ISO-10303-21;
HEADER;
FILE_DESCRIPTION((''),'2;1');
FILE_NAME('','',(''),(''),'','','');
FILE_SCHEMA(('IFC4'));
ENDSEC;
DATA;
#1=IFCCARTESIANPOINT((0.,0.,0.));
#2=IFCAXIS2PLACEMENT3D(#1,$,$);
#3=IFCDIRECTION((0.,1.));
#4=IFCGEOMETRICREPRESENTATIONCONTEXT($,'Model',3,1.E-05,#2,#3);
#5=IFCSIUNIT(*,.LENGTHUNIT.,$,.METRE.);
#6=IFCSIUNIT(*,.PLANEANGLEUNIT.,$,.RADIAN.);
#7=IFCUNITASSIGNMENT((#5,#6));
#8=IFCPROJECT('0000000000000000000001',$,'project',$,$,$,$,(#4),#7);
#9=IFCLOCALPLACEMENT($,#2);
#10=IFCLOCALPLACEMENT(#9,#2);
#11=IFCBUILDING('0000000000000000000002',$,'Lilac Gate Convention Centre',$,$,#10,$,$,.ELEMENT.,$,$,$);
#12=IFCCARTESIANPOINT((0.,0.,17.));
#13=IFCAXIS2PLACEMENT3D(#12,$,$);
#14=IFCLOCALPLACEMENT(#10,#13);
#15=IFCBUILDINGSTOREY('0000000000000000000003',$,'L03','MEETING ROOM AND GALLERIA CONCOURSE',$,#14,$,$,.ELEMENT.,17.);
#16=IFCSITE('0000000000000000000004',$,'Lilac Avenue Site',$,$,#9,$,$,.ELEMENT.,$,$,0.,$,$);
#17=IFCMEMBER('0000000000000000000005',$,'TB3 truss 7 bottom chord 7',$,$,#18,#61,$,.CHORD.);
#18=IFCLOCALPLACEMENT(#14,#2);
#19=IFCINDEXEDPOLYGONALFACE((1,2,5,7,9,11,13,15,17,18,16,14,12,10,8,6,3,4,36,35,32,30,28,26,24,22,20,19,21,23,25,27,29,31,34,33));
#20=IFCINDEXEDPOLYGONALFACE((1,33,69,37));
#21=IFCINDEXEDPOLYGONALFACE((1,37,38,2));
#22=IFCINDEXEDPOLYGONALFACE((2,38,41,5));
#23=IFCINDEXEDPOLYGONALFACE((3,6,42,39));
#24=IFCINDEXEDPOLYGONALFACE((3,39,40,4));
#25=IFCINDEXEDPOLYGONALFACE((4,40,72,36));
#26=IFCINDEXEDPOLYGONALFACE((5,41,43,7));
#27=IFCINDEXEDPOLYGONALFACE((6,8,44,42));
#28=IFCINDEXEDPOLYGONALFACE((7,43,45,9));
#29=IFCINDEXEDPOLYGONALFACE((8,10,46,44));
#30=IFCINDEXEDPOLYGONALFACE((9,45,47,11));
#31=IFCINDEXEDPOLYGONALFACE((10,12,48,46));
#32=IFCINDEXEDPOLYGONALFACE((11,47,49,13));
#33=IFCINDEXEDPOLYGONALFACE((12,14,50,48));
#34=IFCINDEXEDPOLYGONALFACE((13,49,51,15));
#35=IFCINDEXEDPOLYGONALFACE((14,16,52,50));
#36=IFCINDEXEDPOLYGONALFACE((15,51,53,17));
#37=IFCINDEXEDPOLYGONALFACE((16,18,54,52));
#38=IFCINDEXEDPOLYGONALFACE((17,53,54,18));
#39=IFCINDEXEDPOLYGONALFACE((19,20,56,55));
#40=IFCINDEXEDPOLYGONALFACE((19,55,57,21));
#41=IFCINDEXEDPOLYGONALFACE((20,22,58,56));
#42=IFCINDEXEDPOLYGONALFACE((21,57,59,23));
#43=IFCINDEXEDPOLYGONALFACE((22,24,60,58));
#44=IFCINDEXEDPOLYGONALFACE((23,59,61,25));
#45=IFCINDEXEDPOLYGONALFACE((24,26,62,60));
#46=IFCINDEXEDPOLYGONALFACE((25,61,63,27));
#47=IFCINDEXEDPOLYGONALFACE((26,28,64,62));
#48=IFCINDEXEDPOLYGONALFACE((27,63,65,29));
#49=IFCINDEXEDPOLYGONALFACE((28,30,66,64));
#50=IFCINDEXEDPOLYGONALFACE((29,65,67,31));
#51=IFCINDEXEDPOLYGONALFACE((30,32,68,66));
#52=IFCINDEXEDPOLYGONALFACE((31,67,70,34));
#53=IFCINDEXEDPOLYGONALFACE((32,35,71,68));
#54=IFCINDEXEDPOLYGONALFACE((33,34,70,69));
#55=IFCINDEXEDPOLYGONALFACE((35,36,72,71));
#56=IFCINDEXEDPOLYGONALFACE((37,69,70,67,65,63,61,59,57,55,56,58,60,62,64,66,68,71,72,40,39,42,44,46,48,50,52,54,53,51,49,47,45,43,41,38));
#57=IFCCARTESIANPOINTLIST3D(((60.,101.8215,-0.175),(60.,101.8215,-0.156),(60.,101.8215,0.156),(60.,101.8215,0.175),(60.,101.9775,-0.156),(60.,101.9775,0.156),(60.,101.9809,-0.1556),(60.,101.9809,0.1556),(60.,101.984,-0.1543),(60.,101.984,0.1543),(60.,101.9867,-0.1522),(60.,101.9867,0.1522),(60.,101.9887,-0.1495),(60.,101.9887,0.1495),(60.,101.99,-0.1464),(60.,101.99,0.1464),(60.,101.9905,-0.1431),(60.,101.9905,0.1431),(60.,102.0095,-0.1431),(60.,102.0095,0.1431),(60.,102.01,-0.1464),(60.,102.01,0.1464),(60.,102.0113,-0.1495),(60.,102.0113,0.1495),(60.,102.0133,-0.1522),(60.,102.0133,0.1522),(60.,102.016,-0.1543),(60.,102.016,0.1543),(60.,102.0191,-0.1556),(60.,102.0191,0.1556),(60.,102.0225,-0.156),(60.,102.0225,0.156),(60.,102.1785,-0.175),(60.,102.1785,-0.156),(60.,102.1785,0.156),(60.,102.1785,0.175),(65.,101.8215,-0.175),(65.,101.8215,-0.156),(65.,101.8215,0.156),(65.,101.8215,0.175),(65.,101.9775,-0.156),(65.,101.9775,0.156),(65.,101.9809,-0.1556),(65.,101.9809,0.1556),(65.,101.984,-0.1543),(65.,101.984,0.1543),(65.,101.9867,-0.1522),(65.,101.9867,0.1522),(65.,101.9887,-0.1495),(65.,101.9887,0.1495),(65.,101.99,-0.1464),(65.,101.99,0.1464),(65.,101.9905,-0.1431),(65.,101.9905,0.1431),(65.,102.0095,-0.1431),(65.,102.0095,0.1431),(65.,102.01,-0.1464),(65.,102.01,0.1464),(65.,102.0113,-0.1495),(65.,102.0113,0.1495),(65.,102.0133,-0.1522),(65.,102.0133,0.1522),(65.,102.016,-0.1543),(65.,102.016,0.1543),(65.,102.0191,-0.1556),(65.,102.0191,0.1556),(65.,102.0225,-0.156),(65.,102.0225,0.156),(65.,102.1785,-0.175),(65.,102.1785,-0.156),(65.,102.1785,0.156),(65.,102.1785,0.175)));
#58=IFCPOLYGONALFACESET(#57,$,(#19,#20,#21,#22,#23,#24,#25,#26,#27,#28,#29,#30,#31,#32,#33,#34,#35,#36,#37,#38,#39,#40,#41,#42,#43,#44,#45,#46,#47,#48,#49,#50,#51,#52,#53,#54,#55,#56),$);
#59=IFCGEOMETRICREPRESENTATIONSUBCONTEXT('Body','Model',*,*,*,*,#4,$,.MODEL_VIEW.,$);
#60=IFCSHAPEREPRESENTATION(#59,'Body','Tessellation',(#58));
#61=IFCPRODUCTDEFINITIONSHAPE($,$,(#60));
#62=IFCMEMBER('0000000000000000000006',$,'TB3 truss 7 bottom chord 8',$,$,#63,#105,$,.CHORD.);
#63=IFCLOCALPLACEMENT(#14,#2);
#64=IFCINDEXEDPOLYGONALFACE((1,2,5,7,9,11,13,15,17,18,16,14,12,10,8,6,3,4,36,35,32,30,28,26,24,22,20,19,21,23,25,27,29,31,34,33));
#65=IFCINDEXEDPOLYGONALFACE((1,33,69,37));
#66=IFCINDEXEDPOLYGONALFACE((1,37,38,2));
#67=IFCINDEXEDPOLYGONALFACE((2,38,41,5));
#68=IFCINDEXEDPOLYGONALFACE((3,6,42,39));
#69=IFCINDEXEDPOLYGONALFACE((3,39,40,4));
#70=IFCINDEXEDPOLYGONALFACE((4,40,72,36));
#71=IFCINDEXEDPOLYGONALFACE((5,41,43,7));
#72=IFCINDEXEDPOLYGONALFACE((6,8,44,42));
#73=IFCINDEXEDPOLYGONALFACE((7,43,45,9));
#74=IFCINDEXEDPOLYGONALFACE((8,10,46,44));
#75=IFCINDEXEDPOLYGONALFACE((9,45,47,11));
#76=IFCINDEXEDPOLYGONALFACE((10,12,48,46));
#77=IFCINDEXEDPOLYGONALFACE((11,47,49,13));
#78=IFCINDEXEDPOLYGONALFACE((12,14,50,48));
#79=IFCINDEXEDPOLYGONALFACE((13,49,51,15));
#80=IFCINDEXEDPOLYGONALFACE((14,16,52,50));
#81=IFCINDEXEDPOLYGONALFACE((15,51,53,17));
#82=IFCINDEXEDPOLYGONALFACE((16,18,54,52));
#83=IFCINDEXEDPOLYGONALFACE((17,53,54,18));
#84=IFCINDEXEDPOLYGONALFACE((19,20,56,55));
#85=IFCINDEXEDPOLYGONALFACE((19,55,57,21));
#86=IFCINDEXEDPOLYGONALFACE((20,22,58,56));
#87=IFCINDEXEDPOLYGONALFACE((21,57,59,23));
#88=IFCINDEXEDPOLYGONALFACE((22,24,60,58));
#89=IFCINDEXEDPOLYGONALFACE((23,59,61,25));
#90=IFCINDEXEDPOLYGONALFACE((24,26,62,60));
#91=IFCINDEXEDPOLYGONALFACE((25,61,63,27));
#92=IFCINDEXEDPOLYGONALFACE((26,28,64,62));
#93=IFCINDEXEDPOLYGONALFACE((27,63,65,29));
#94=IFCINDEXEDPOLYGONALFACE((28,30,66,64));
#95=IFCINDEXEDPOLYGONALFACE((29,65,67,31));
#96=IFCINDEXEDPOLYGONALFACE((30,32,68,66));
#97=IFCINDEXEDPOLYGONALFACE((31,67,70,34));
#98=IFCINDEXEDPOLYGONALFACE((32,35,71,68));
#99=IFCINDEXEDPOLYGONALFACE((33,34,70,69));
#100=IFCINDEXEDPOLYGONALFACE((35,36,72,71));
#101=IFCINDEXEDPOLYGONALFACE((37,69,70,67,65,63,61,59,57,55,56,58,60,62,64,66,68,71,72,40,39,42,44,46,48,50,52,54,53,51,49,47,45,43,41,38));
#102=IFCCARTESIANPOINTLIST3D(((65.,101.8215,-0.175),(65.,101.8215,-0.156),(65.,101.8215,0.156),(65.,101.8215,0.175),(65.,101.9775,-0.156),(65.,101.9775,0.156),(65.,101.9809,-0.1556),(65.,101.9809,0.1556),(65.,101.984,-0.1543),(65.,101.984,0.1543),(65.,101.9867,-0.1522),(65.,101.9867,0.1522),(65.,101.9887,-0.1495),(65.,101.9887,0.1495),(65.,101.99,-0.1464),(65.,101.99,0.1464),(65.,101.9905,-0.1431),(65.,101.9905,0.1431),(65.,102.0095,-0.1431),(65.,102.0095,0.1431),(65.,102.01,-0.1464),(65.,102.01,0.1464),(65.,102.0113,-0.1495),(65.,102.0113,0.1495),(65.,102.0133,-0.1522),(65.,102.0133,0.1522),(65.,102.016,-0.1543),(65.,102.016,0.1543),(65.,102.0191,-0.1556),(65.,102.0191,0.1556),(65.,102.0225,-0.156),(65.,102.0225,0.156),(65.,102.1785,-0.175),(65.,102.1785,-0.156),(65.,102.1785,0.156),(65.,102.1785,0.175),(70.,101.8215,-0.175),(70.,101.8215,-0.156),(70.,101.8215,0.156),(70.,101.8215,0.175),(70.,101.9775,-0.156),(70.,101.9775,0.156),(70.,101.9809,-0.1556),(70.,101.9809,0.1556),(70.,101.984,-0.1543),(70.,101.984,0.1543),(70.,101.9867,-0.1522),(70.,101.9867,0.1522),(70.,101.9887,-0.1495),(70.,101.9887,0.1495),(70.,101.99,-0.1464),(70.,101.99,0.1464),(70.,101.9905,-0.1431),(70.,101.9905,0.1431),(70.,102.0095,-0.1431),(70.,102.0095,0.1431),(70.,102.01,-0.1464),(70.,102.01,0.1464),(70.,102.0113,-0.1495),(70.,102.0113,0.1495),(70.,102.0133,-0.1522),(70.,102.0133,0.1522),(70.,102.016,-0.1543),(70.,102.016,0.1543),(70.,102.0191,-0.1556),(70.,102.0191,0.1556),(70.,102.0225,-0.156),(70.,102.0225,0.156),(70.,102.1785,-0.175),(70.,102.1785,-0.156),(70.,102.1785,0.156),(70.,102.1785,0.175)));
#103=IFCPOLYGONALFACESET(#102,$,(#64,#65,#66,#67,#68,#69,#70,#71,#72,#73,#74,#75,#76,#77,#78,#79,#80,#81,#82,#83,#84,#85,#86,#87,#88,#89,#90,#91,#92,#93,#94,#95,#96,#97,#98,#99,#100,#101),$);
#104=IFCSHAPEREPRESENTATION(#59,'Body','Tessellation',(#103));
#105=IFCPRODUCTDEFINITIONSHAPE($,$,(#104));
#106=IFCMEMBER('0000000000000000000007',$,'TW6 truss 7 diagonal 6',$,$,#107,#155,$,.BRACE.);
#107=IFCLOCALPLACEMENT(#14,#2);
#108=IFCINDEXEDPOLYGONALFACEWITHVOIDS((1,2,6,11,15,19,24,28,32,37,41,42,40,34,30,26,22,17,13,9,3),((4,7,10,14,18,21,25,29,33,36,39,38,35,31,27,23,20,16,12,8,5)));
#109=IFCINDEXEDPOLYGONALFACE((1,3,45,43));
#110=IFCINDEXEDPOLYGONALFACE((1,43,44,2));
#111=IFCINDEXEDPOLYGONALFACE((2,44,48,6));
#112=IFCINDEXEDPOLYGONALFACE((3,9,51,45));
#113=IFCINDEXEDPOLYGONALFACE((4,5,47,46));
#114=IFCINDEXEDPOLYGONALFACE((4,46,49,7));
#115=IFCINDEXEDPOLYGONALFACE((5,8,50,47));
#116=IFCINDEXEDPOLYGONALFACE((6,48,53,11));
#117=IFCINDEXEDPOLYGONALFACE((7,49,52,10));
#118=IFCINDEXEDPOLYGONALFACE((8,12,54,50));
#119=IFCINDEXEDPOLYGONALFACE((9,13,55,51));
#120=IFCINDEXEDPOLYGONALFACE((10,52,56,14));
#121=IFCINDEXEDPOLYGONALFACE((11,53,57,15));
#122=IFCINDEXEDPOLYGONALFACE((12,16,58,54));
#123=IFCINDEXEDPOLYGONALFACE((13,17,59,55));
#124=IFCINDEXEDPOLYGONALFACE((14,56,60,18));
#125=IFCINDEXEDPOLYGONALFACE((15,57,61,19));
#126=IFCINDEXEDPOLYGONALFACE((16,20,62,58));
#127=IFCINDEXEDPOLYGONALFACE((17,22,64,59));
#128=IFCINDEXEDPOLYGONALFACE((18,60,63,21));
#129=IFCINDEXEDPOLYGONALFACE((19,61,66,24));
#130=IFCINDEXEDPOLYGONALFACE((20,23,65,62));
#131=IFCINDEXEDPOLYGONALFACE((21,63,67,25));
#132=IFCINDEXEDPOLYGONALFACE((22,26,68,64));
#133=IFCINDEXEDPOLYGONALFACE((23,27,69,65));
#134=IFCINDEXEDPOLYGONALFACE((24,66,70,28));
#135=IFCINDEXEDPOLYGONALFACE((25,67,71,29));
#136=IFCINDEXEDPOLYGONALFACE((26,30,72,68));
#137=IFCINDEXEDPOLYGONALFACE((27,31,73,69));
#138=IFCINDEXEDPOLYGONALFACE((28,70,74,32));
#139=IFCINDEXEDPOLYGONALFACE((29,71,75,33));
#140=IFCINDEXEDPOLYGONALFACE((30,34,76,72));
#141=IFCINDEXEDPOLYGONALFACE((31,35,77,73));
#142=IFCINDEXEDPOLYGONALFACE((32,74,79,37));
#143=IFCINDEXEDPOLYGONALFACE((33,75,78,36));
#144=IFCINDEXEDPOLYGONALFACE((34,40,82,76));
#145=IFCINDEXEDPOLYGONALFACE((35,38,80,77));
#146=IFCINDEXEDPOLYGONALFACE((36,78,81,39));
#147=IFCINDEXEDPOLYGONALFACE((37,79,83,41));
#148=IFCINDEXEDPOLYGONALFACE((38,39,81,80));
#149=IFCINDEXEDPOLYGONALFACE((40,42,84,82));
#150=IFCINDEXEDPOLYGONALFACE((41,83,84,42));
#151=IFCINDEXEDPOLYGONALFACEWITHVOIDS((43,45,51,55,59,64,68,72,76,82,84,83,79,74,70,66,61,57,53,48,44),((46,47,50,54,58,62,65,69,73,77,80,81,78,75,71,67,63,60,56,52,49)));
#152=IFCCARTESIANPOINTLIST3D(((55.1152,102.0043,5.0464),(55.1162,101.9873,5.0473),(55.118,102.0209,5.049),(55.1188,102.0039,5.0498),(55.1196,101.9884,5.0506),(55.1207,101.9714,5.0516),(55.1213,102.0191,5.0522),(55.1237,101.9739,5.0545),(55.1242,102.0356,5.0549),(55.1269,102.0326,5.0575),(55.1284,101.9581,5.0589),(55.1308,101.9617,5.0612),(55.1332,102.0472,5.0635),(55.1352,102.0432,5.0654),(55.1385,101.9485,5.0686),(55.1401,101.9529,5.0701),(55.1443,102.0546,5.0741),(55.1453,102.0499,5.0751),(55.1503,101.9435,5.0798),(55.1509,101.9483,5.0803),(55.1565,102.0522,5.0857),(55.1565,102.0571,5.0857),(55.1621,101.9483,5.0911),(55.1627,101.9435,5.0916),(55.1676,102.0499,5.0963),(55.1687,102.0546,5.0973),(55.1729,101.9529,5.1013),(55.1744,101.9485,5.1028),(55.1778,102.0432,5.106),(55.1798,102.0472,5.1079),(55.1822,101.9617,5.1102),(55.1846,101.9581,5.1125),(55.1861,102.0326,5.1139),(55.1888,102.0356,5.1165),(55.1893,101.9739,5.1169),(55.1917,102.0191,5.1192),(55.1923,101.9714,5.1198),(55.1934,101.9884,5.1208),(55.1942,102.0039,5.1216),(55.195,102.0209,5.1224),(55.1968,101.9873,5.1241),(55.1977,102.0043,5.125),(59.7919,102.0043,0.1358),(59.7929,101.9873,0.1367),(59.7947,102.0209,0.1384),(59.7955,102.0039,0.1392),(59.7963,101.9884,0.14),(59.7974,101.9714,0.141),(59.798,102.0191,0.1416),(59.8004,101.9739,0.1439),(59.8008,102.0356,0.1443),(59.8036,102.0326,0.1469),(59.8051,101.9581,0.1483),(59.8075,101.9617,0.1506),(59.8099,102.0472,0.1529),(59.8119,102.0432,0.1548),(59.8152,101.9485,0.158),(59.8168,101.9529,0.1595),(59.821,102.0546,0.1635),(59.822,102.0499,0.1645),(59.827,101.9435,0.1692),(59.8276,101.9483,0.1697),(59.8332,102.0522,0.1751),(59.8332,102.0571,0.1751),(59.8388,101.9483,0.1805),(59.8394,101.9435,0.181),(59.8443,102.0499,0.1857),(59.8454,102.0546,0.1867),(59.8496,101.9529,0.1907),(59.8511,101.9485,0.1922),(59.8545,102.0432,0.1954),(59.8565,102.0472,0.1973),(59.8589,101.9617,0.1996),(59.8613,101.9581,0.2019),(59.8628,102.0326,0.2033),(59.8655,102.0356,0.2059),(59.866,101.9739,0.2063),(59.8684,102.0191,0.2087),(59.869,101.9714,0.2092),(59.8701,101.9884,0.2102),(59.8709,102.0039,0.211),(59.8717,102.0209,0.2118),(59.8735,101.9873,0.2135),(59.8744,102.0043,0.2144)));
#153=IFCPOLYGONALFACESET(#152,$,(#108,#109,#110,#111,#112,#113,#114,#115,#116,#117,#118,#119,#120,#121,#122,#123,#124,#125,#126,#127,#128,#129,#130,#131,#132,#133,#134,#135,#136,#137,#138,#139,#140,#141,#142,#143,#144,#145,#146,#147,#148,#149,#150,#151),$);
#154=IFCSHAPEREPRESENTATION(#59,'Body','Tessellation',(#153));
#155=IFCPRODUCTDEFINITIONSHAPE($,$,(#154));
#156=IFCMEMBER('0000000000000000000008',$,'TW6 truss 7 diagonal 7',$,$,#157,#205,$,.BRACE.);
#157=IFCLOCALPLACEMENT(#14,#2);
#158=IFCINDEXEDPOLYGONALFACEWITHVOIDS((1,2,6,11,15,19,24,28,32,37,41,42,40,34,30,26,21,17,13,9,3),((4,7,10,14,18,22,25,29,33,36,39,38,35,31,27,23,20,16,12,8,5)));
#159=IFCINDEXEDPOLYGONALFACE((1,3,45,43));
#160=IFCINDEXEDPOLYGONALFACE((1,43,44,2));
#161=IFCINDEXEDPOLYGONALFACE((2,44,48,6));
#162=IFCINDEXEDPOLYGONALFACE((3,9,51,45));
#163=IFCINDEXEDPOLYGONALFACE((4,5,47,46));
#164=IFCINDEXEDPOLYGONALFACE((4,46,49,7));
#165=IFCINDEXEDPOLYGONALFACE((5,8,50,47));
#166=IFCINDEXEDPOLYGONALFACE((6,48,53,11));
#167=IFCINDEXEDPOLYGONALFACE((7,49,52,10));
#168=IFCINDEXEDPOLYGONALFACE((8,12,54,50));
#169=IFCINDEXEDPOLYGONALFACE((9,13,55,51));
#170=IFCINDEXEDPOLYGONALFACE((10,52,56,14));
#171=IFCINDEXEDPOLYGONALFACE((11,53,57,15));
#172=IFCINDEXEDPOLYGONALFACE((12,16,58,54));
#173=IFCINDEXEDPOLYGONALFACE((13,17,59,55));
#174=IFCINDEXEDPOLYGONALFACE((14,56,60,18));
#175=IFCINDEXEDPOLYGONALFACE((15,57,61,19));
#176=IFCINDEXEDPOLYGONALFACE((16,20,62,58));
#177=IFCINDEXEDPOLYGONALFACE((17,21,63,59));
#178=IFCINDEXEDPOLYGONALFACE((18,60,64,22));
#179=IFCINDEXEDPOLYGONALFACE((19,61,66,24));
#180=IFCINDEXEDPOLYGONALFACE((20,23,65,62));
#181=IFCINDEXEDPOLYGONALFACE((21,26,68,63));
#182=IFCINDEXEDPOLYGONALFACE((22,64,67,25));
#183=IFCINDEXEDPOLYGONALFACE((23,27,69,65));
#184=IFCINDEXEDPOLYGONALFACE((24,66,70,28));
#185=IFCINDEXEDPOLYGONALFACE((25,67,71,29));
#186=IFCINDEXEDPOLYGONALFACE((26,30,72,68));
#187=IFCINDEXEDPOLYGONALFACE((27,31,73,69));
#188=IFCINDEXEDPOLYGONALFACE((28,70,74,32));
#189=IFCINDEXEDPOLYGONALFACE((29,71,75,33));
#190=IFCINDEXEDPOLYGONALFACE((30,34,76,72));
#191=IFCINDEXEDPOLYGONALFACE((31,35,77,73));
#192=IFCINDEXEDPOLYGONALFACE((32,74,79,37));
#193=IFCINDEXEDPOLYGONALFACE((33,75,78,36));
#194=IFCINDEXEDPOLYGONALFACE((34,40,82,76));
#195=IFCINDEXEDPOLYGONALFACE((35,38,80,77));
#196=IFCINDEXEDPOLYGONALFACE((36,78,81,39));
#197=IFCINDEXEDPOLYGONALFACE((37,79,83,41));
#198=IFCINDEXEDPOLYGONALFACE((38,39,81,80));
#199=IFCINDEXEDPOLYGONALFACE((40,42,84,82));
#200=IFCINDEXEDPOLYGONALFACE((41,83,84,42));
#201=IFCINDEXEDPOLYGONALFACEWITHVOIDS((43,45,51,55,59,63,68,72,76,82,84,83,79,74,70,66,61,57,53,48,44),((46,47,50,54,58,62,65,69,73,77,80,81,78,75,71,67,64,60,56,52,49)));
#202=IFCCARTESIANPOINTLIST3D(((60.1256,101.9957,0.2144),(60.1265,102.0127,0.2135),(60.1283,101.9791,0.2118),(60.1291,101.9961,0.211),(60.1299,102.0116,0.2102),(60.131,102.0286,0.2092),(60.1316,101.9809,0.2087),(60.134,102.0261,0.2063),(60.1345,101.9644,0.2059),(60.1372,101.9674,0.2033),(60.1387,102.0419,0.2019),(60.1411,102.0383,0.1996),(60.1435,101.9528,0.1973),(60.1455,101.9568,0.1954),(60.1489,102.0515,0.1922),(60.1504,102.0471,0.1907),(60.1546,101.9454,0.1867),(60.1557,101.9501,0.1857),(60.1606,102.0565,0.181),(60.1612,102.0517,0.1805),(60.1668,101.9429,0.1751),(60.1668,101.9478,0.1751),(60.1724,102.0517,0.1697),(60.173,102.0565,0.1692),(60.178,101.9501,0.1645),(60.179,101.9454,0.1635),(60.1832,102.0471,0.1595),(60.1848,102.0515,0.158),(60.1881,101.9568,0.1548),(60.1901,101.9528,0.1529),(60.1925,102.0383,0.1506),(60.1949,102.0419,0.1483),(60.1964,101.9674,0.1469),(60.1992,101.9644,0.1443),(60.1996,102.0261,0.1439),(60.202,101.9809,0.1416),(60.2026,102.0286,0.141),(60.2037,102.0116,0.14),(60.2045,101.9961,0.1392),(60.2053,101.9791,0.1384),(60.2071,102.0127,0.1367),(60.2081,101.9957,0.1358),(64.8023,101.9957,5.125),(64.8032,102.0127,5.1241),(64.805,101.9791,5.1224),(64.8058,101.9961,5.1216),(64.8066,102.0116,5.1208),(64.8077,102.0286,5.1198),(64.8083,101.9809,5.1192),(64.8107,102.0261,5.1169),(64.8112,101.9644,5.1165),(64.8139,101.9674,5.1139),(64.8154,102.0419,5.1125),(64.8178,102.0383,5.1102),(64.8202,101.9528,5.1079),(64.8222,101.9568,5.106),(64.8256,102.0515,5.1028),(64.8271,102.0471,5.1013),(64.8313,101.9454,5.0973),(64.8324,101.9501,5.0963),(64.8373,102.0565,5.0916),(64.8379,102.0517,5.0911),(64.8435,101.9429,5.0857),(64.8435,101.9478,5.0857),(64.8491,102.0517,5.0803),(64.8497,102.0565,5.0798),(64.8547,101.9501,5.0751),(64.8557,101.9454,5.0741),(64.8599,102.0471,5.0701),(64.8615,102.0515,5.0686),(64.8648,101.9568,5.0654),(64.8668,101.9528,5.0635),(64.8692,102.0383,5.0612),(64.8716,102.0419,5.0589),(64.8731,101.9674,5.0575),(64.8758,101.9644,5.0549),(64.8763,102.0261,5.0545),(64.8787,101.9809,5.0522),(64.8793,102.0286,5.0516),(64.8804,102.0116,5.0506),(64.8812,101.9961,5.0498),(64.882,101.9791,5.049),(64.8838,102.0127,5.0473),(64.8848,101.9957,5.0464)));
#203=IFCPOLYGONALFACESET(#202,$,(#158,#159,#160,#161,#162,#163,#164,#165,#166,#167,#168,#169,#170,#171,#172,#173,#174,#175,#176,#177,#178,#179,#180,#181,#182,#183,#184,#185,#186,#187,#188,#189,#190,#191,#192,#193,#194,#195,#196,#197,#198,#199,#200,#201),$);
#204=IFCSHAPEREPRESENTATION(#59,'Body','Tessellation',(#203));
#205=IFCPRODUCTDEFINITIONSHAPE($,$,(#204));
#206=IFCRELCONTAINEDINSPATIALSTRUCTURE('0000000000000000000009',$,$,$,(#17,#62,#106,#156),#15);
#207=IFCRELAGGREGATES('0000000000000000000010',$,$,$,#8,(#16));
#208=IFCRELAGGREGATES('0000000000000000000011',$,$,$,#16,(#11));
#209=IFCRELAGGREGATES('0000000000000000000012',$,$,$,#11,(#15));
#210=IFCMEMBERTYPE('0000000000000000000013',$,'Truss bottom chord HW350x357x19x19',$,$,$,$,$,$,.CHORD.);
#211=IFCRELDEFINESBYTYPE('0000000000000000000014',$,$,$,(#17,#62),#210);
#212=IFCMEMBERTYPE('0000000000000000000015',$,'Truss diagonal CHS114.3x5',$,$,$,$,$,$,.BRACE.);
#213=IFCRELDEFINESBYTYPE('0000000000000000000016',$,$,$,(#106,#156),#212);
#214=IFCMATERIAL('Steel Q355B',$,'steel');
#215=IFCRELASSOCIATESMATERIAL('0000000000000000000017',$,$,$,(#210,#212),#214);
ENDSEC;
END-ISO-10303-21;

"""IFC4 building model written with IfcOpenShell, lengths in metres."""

from ifc_helpers import new_model, si_unit, direction, frame, origin, origin_2d, place, context, subcontext, project, spatial, hollow_circle, i_section, extrude, material, material_profile, profile_set, type_object, element, save


model = new_model("IFC4")

# Units and contexts
model_context = context("Model", 3, precision=1e-05, world=origin(), true_north=direction((0.0, 1.0)))
body_context = subcontext(model_context, "Body", "Model", "MODEL_VIEW")
ifc_project = project(units=[si_unit("LENGTHUNIT", "METRE"), si_unit("PLANEANGLEUNIT", "RADIAN")], contexts=[model_context])

# Site, building, storey
site_placement = place(None, origin())
site = spatial("IfcSite", under=ifc_project, at=site_placement, Name="Lilac Avenue Site", CompositionType="ELEMENT", RefElevation=0.0)
building_placement = place(site_placement, origin())
building = spatial("IfcBuilding", under=site, at=building_placement, Name="Lilac Gate Convention Centre", CompositionType="ELEMENT")
storey_placement = place(building_placement, frame((0.0, 0.0, 17.0)))
storey = spatial("IfcBuildingStorey", under=building, at=storey_placement, Name="L03", Description="MEETING ROOM AND GALLERIA CONCOURSE", CompositionType="ELEMENT", Elevation=17.0)

# Members
ifc_material = material(Name="Steel Q355B", Category="steel")
ifc_material_profile_1 = material_profile(ifc_material, i_section(OverallWidth=0.3569, OverallDepth=0.3501, WebThickness=0.019, FlangeThickness=0.019, FilletRadius=0.0129, at=origin_2d()), Name="HW350x357x19x19")
ifc_profile_set_1 = profile_set([ifc_material_profile_1], Name="Steel Q355B")
member_type_1 = type_object("IfcMemberType", Name="Truss bottom chord HW350x357x19x19", PredefinedType="CHORD", material=ifc_profile_set_1)
for number, where, z_axis, x_axis, name in (
    (1, (60.0, 102.0, 0.0), (1.0, 0.0, 0.0), (0.0, 1.0, 0.0), "TB3 truss 7 bottom chord 7"),
    (2, (65.0, 102.0, 0.0), (1.0, 0.0, 0.0), (0.0, 1.0, 0.0), "TB3 truss 7 bottom chord 8"),
):
    element("IfcMember", number, at=place(storey_placement, frame(where, z_axis=z_axis, x_axis=x_axis)), inside=storey, type_object=member_type_1, Name=name, PredefinedType="CHORD", context=body_context, shape_type="SweptSolid", body=[
        extrude(i_section(OverallWidth=0.3569, OverallDepth=0.3501, WebThickness=0.019, FlangeThickness=0.019, FilletRadius=0.0129, at=origin_2d()), origin(), (0.0, 0.0, 1.0), 5.0),
    ])
ifc_material_profile_2 = material_profile(ifc_material, hollow_circle(Radius=0.0571, WallThickness=0.0049, at=origin_2d()), Name="CHS114.3x5")
ifc_profile_set_2 = profile_set([ifc_material_profile_2], Name="Steel Q355B")
member_type_2 = type_object("IfcMemberType", Name="Truss diagonal CHS114.3x5", PredefinedType="BRACE", material=ifc_profile_set_2)
for number, where, z_axis, x_axis, name in (
    (3, (55.1565, 102.0, 5.0857), (0.689652, 0.0, -0.724141), (0.0, 1.0, 0.0), "TW6 truss 7 diagonal 6"),
    (4, (64.8435, 102.0, 5.0857), (-0.689652, 0.0, -0.724141), (0.0, -1.0, 0.0), "TW6 truss 7 diagonal 7"),
):
    element("IfcMember", number, at=place(storey_placement, frame(where, z_axis=z_axis, x_axis=x_axis)), inside=storey, type_object=member_type_2, Name=name, PredefinedType="BRACE", context=body_context, shape_type="SweptSolid", body=[
        extrude(hollow_circle(Radius=0.0571, WallThickness=0.0049, at=origin_2d()), origin(), (0.0, 0.0, 1.0), 6.7812),
    ])

save(model, "model.ifc")
